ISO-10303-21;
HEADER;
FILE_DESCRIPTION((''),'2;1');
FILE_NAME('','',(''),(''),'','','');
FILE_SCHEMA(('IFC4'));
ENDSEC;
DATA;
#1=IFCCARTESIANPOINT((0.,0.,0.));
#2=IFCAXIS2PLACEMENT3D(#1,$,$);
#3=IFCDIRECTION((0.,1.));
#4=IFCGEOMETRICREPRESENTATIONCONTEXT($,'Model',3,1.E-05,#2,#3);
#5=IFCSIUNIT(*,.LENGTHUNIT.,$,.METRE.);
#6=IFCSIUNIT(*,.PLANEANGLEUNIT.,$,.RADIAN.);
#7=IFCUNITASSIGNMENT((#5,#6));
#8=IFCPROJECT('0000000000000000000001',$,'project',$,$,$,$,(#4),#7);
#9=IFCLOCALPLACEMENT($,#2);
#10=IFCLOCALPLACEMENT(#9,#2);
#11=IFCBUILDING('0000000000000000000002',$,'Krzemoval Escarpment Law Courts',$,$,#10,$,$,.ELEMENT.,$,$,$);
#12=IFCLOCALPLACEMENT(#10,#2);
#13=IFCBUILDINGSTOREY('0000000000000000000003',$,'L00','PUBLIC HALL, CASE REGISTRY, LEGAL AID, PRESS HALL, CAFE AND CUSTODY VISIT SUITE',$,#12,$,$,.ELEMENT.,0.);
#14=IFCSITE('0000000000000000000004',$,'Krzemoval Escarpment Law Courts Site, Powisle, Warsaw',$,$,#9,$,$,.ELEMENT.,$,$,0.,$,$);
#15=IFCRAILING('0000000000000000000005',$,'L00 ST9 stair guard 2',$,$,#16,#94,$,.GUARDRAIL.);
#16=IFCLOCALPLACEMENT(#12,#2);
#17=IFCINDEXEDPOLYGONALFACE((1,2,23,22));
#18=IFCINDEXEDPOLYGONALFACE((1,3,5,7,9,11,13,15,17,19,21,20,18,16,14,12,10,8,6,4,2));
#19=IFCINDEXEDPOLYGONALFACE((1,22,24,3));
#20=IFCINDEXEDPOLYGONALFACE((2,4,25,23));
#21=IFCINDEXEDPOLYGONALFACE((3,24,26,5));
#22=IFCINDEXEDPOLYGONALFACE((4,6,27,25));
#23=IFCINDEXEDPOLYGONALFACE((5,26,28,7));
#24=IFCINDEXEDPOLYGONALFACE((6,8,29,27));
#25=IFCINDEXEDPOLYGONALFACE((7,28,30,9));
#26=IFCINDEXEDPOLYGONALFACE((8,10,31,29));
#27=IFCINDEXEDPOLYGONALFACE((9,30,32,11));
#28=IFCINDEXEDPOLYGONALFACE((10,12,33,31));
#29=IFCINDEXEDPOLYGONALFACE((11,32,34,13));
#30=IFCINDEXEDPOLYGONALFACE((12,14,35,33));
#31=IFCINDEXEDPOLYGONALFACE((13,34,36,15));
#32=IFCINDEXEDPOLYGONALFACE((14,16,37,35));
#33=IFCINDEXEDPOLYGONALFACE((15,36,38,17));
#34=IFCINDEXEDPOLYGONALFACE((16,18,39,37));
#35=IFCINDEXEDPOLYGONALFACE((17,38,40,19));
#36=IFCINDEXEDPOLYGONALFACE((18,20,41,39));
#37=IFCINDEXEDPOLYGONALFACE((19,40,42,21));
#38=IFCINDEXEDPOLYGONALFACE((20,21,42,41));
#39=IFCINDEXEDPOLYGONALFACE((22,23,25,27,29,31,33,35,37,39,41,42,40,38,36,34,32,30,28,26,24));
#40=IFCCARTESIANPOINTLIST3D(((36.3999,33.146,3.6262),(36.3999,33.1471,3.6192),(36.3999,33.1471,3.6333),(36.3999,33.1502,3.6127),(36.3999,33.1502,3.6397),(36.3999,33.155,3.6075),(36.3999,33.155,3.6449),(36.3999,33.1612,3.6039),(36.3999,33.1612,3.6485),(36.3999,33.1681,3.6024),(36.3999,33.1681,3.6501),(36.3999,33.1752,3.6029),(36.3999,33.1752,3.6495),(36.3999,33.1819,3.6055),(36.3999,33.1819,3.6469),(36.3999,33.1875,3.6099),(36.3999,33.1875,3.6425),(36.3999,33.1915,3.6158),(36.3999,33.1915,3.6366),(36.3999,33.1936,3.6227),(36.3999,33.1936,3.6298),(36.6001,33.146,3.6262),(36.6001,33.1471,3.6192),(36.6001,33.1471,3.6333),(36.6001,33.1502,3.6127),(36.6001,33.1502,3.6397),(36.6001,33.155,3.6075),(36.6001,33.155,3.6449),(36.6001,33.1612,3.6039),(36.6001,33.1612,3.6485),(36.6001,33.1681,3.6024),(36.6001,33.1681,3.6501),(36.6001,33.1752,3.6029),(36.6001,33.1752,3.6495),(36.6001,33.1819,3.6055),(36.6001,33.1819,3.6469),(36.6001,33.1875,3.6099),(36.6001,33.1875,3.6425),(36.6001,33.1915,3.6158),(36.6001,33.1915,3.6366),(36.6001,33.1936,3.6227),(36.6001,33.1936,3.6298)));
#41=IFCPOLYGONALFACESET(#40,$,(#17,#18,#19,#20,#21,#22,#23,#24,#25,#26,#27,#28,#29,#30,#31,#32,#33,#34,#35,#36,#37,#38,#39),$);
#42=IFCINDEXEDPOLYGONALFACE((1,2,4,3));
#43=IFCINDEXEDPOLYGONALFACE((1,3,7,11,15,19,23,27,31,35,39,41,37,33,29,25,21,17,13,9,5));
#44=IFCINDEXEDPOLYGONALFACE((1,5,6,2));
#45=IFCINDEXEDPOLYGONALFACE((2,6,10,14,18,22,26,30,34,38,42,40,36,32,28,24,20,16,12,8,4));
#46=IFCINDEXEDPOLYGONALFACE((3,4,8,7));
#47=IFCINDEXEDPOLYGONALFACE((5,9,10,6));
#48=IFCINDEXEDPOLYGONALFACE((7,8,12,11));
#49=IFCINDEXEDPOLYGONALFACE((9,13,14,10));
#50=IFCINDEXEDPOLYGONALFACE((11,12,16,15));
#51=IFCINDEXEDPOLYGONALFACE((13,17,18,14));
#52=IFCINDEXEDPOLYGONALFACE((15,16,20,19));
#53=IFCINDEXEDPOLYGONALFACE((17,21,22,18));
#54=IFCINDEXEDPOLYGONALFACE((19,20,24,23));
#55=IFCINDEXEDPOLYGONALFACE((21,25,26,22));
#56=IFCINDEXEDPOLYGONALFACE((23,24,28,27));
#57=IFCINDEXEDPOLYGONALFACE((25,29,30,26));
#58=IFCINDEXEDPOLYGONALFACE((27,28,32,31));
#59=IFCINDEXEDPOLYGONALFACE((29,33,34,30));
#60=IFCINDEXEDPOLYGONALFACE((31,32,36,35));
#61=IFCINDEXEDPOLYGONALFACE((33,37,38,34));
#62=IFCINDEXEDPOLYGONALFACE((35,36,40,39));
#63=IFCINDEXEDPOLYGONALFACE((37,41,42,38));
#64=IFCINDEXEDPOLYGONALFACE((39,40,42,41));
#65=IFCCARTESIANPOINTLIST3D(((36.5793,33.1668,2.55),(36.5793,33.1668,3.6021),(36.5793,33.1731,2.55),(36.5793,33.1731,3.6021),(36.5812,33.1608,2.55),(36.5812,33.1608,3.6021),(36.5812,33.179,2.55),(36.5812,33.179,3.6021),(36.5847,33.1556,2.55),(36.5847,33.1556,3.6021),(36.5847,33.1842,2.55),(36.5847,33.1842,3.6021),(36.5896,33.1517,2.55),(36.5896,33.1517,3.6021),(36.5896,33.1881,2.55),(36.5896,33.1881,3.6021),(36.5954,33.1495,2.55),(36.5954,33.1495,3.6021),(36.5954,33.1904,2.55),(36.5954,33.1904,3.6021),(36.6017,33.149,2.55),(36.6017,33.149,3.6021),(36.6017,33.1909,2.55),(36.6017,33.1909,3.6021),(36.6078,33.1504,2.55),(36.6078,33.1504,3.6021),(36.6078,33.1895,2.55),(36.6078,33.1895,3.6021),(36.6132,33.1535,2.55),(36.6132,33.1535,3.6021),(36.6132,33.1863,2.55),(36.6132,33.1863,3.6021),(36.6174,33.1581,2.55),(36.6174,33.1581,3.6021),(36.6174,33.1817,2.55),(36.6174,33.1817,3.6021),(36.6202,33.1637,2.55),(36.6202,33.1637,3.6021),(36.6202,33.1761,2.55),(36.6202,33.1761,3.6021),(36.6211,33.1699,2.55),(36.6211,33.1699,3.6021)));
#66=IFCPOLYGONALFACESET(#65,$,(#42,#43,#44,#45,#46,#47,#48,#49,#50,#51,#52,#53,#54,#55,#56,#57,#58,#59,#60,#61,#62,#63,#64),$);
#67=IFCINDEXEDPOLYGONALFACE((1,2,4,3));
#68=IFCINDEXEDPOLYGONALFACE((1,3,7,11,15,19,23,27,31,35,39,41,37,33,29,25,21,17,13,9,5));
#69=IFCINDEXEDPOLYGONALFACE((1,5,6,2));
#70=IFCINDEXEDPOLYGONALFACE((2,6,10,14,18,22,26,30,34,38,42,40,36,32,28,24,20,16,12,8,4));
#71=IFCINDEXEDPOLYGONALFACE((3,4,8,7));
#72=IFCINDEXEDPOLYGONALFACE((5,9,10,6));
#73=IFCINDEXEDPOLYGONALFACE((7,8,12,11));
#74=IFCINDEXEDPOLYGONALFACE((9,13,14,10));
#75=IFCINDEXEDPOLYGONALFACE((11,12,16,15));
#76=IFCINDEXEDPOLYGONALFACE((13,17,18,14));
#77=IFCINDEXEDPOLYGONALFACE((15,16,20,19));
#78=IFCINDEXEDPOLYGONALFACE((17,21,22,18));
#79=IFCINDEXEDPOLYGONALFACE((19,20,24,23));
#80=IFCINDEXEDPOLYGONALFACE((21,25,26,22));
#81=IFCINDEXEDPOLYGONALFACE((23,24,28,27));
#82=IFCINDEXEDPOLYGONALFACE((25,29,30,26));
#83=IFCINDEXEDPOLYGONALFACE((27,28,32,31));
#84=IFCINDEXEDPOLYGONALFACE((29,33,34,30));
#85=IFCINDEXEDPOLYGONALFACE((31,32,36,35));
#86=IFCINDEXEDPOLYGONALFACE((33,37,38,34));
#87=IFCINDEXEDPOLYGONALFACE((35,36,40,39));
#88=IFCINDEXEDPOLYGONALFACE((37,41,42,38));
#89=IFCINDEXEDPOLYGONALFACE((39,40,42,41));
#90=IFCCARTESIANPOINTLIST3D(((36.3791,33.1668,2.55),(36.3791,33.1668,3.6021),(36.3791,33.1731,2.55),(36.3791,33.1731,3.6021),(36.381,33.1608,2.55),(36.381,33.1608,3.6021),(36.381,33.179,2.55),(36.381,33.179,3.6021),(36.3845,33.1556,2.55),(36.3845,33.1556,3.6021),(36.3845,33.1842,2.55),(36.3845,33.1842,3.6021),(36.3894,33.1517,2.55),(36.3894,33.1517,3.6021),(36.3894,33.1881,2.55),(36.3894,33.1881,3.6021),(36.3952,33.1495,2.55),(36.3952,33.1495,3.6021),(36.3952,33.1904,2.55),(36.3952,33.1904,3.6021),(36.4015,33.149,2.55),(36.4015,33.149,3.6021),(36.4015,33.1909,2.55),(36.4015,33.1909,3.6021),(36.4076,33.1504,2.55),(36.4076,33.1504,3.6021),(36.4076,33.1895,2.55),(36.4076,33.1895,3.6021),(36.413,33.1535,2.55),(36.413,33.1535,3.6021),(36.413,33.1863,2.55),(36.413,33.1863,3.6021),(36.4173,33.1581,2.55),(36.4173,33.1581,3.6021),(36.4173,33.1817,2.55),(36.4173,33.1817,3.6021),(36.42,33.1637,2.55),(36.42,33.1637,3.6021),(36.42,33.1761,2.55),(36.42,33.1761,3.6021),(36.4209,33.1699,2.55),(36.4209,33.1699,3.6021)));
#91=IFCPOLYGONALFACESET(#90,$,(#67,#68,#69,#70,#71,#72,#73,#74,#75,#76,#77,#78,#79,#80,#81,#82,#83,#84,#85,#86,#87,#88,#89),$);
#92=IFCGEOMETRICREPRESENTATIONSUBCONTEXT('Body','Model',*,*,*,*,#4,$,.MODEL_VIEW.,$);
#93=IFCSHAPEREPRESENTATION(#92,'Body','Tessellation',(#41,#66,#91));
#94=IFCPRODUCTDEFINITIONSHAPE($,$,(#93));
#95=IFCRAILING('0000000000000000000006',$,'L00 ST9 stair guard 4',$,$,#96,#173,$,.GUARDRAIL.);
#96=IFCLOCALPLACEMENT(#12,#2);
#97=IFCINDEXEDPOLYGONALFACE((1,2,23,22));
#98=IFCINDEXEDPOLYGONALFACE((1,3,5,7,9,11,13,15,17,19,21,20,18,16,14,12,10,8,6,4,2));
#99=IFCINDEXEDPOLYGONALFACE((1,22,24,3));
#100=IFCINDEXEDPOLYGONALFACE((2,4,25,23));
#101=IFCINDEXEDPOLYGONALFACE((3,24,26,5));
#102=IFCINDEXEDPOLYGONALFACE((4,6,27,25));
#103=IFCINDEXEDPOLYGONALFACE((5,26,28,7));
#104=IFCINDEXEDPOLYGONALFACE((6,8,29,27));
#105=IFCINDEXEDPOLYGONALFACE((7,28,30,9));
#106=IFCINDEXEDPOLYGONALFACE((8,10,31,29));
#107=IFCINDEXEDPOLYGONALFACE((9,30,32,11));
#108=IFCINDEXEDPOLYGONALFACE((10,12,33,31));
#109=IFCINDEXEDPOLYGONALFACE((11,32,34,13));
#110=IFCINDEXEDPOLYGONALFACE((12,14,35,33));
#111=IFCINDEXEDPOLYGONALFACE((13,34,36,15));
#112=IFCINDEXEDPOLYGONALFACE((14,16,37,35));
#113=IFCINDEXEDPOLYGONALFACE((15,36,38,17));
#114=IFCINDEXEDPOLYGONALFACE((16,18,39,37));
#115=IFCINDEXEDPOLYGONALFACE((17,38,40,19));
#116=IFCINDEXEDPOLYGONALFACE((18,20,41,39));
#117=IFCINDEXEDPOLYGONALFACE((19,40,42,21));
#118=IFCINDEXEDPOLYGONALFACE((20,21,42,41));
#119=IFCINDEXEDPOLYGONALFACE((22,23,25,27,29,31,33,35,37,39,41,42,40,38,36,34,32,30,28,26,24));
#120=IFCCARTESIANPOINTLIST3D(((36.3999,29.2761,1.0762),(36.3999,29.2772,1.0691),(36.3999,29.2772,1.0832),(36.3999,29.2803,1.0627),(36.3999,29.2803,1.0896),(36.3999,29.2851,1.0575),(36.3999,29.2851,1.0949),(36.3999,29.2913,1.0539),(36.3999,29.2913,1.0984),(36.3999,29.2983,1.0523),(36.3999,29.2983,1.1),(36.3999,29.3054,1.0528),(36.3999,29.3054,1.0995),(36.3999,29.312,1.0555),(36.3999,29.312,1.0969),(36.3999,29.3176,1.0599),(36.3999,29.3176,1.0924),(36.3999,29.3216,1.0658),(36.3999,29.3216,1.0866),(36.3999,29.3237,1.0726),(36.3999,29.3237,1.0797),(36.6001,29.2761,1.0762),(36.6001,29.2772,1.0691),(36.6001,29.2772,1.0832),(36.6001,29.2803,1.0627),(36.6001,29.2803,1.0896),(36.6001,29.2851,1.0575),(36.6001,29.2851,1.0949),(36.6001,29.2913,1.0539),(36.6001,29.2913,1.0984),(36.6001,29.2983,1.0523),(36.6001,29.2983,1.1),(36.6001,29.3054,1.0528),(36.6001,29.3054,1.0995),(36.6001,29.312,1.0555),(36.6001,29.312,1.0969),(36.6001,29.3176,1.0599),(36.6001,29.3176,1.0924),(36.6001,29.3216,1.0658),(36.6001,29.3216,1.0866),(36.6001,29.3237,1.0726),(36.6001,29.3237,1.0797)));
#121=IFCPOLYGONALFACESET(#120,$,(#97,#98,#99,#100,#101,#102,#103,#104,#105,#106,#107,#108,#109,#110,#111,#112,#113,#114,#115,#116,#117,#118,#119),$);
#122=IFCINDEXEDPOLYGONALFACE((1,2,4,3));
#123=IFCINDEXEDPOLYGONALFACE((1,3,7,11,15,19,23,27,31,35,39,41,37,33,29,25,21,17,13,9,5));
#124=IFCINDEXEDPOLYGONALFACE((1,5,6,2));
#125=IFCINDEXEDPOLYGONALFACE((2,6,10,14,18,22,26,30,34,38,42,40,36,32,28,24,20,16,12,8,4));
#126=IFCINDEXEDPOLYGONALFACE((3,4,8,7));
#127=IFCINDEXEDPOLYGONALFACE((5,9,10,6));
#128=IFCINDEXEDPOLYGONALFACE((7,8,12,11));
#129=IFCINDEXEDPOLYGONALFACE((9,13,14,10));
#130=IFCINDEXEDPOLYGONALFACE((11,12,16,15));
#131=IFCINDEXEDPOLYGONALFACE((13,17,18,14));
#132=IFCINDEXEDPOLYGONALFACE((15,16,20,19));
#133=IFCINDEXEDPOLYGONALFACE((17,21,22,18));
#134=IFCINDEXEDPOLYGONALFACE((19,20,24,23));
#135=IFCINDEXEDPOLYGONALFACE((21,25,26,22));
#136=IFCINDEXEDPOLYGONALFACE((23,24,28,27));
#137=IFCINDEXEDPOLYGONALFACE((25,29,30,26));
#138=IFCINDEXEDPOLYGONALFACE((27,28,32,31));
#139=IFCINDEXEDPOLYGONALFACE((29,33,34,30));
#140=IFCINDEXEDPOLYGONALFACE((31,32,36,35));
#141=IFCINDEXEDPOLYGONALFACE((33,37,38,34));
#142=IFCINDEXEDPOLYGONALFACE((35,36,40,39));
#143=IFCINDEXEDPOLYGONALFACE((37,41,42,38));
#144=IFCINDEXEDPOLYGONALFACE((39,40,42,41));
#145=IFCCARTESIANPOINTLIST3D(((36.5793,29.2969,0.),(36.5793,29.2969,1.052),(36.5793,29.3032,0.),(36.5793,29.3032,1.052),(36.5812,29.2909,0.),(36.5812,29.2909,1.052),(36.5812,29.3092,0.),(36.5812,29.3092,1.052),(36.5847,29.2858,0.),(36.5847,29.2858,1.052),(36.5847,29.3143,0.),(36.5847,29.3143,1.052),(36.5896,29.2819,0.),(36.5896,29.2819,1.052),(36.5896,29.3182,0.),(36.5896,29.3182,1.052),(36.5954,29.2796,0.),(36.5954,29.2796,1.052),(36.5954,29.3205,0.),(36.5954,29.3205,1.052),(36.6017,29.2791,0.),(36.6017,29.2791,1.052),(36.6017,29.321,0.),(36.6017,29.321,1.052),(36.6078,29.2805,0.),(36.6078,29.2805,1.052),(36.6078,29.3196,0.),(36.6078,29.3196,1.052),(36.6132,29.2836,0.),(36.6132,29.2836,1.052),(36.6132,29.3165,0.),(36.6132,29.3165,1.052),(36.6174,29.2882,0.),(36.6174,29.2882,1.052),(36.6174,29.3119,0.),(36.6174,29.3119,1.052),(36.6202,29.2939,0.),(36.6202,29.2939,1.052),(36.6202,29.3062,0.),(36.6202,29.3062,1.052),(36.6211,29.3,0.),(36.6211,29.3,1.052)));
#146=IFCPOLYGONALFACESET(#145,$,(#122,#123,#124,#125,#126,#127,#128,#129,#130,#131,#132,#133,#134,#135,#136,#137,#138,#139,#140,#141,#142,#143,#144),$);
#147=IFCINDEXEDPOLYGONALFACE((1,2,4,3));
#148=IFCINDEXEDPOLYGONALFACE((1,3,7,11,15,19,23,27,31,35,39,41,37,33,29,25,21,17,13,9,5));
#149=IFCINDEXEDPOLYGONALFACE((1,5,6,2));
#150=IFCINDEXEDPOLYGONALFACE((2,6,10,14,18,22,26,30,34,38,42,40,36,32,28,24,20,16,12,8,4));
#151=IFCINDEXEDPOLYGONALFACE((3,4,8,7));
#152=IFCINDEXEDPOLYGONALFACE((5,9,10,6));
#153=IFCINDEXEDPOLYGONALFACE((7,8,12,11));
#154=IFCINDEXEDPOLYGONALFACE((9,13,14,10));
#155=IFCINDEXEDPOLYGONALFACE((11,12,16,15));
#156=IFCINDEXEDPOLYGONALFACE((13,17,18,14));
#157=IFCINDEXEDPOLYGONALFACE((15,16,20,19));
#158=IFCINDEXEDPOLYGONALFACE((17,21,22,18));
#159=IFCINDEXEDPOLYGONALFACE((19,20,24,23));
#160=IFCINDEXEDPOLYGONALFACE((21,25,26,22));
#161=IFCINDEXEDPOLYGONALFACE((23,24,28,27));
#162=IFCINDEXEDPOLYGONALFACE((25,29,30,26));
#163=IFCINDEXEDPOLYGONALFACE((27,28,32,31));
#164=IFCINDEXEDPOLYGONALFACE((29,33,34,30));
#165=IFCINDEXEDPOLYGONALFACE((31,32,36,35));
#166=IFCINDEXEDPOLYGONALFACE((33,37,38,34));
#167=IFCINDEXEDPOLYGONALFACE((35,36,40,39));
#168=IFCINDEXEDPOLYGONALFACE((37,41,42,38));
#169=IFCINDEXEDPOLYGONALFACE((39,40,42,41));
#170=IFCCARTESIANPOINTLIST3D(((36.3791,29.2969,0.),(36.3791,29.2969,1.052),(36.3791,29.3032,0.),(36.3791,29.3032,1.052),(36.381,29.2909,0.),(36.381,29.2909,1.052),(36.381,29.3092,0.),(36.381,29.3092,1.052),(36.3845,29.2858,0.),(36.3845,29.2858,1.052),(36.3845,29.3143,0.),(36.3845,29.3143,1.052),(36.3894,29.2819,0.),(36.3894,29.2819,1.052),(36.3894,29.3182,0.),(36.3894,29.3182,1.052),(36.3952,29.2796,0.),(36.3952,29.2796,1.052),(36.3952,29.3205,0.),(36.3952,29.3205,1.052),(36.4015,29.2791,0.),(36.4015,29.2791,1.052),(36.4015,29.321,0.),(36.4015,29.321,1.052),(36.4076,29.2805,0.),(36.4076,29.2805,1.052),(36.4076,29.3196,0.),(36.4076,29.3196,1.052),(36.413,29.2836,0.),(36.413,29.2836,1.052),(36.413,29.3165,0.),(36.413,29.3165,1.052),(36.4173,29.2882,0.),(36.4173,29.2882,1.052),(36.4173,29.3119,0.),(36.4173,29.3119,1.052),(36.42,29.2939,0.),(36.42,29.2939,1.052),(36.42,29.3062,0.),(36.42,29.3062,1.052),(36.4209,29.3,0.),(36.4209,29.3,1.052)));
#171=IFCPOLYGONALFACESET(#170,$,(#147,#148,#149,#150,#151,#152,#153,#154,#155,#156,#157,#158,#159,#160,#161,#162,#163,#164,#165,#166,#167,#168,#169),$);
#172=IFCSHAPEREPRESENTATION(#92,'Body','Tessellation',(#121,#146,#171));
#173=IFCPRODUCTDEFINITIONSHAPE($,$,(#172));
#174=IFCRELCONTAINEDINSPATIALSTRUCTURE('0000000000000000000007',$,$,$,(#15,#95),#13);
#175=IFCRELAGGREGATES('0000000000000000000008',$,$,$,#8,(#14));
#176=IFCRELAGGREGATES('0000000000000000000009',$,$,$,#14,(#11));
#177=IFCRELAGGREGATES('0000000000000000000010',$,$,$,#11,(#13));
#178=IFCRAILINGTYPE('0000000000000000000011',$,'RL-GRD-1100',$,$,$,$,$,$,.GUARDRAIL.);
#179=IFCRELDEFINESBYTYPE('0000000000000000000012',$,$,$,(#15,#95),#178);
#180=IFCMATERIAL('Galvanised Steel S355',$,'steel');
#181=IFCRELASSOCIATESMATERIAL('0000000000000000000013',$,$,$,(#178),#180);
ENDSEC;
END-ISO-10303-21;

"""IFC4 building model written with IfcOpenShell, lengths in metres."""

from ifc_helpers import new_model, si_unit, direction, frame, origin, origin_2d, place, context, subcontext, project, spatial, circle, extrude, material, type_object, element, save


model = new_model("IFC4")

# Units and contexts
model_context = context("Model", 3, precision=1e-05, world=origin(), true_north=direction((0.0, 1.0)))
body_context = subcontext(model_context, "Body", "Model", "MODEL_VIEW")
ifc_project = project(units=[si_unit("LENGTHUNIT", "METRE"), si_unit("PLANEANGLEUNIT", "RADIAN")], contexts=[model_context])

# Site, building, storey
site_placement = place(None, origin())
site = spatial("IfcSite", under=ifc_project, at=site_placement, Name="Krzemoval Escarpment Law Courts Site, Powisle, Warsaw", CompositionType="ELEMENT", RefElevation=0.0)
building_placement = place(site_placement, origin())
building = spatial("IfcBuilding", under=site, at=building_placement, Name="Krzemoval Escarpment Law Courts", CompositionType="ELEMENT")
storey_placement = place(building_placement, origin())
storey = spatial("IfcBuildingStorey", under=building, at=storey_placement, Name="L00", Description="PUBLIC HALL, CASE REGISTRY, LEGAL AID, PRESS HALL, CAFE AND CUSTODY VISIT SUITE", CompositionType="ELEMENT", Elevation=0.0)

# Railings
ifc_material_1 = material(Name="Galvanised Steel S355", Category="steel")
railing_type_1 = type_object("IfcRailingType", Name="RL-GRD-1100", PredefinedType="GUARDRAIL", material=ifc_material_1)
for number, where, name in (
    (1, (36.6001, 33.1699, 2.55), "L00 ST9 stair guard 2"),
    (2, (36.6001, 29.3, 0.0), "L00 ST9 stair guard 4"),
):
    element("IfcRailing", number, at=place(storey_placement, frame(where)), inside=storey, type_object=railing_type_1, Name=name, PredefinedType="GUARDRAIL", context=body_context, shape_type="SweptSolid", body=[
        extrude(circle(Radius=0.0239, at=origin_2d()), frame((0.0, 0.0, 1.0762), z_axis=(-1.0, 0.0, 0.0), x_axis=(0.0, -1.0, 0.0)), (0.0, 0.0, 1.0), 0.2002),
        extrude(circle(Radius=0.021, at=origin_2d()), origin(), (0.0, 0.0, 1.0), 1.052),
        extrude(circle(Radius=0.021, at=origin_2d()), frame((-0.2002, 0.0, 0.0)), (0.0, 0.0, 1.0), 1.052),
    ])

save(model, "model.ifc")
